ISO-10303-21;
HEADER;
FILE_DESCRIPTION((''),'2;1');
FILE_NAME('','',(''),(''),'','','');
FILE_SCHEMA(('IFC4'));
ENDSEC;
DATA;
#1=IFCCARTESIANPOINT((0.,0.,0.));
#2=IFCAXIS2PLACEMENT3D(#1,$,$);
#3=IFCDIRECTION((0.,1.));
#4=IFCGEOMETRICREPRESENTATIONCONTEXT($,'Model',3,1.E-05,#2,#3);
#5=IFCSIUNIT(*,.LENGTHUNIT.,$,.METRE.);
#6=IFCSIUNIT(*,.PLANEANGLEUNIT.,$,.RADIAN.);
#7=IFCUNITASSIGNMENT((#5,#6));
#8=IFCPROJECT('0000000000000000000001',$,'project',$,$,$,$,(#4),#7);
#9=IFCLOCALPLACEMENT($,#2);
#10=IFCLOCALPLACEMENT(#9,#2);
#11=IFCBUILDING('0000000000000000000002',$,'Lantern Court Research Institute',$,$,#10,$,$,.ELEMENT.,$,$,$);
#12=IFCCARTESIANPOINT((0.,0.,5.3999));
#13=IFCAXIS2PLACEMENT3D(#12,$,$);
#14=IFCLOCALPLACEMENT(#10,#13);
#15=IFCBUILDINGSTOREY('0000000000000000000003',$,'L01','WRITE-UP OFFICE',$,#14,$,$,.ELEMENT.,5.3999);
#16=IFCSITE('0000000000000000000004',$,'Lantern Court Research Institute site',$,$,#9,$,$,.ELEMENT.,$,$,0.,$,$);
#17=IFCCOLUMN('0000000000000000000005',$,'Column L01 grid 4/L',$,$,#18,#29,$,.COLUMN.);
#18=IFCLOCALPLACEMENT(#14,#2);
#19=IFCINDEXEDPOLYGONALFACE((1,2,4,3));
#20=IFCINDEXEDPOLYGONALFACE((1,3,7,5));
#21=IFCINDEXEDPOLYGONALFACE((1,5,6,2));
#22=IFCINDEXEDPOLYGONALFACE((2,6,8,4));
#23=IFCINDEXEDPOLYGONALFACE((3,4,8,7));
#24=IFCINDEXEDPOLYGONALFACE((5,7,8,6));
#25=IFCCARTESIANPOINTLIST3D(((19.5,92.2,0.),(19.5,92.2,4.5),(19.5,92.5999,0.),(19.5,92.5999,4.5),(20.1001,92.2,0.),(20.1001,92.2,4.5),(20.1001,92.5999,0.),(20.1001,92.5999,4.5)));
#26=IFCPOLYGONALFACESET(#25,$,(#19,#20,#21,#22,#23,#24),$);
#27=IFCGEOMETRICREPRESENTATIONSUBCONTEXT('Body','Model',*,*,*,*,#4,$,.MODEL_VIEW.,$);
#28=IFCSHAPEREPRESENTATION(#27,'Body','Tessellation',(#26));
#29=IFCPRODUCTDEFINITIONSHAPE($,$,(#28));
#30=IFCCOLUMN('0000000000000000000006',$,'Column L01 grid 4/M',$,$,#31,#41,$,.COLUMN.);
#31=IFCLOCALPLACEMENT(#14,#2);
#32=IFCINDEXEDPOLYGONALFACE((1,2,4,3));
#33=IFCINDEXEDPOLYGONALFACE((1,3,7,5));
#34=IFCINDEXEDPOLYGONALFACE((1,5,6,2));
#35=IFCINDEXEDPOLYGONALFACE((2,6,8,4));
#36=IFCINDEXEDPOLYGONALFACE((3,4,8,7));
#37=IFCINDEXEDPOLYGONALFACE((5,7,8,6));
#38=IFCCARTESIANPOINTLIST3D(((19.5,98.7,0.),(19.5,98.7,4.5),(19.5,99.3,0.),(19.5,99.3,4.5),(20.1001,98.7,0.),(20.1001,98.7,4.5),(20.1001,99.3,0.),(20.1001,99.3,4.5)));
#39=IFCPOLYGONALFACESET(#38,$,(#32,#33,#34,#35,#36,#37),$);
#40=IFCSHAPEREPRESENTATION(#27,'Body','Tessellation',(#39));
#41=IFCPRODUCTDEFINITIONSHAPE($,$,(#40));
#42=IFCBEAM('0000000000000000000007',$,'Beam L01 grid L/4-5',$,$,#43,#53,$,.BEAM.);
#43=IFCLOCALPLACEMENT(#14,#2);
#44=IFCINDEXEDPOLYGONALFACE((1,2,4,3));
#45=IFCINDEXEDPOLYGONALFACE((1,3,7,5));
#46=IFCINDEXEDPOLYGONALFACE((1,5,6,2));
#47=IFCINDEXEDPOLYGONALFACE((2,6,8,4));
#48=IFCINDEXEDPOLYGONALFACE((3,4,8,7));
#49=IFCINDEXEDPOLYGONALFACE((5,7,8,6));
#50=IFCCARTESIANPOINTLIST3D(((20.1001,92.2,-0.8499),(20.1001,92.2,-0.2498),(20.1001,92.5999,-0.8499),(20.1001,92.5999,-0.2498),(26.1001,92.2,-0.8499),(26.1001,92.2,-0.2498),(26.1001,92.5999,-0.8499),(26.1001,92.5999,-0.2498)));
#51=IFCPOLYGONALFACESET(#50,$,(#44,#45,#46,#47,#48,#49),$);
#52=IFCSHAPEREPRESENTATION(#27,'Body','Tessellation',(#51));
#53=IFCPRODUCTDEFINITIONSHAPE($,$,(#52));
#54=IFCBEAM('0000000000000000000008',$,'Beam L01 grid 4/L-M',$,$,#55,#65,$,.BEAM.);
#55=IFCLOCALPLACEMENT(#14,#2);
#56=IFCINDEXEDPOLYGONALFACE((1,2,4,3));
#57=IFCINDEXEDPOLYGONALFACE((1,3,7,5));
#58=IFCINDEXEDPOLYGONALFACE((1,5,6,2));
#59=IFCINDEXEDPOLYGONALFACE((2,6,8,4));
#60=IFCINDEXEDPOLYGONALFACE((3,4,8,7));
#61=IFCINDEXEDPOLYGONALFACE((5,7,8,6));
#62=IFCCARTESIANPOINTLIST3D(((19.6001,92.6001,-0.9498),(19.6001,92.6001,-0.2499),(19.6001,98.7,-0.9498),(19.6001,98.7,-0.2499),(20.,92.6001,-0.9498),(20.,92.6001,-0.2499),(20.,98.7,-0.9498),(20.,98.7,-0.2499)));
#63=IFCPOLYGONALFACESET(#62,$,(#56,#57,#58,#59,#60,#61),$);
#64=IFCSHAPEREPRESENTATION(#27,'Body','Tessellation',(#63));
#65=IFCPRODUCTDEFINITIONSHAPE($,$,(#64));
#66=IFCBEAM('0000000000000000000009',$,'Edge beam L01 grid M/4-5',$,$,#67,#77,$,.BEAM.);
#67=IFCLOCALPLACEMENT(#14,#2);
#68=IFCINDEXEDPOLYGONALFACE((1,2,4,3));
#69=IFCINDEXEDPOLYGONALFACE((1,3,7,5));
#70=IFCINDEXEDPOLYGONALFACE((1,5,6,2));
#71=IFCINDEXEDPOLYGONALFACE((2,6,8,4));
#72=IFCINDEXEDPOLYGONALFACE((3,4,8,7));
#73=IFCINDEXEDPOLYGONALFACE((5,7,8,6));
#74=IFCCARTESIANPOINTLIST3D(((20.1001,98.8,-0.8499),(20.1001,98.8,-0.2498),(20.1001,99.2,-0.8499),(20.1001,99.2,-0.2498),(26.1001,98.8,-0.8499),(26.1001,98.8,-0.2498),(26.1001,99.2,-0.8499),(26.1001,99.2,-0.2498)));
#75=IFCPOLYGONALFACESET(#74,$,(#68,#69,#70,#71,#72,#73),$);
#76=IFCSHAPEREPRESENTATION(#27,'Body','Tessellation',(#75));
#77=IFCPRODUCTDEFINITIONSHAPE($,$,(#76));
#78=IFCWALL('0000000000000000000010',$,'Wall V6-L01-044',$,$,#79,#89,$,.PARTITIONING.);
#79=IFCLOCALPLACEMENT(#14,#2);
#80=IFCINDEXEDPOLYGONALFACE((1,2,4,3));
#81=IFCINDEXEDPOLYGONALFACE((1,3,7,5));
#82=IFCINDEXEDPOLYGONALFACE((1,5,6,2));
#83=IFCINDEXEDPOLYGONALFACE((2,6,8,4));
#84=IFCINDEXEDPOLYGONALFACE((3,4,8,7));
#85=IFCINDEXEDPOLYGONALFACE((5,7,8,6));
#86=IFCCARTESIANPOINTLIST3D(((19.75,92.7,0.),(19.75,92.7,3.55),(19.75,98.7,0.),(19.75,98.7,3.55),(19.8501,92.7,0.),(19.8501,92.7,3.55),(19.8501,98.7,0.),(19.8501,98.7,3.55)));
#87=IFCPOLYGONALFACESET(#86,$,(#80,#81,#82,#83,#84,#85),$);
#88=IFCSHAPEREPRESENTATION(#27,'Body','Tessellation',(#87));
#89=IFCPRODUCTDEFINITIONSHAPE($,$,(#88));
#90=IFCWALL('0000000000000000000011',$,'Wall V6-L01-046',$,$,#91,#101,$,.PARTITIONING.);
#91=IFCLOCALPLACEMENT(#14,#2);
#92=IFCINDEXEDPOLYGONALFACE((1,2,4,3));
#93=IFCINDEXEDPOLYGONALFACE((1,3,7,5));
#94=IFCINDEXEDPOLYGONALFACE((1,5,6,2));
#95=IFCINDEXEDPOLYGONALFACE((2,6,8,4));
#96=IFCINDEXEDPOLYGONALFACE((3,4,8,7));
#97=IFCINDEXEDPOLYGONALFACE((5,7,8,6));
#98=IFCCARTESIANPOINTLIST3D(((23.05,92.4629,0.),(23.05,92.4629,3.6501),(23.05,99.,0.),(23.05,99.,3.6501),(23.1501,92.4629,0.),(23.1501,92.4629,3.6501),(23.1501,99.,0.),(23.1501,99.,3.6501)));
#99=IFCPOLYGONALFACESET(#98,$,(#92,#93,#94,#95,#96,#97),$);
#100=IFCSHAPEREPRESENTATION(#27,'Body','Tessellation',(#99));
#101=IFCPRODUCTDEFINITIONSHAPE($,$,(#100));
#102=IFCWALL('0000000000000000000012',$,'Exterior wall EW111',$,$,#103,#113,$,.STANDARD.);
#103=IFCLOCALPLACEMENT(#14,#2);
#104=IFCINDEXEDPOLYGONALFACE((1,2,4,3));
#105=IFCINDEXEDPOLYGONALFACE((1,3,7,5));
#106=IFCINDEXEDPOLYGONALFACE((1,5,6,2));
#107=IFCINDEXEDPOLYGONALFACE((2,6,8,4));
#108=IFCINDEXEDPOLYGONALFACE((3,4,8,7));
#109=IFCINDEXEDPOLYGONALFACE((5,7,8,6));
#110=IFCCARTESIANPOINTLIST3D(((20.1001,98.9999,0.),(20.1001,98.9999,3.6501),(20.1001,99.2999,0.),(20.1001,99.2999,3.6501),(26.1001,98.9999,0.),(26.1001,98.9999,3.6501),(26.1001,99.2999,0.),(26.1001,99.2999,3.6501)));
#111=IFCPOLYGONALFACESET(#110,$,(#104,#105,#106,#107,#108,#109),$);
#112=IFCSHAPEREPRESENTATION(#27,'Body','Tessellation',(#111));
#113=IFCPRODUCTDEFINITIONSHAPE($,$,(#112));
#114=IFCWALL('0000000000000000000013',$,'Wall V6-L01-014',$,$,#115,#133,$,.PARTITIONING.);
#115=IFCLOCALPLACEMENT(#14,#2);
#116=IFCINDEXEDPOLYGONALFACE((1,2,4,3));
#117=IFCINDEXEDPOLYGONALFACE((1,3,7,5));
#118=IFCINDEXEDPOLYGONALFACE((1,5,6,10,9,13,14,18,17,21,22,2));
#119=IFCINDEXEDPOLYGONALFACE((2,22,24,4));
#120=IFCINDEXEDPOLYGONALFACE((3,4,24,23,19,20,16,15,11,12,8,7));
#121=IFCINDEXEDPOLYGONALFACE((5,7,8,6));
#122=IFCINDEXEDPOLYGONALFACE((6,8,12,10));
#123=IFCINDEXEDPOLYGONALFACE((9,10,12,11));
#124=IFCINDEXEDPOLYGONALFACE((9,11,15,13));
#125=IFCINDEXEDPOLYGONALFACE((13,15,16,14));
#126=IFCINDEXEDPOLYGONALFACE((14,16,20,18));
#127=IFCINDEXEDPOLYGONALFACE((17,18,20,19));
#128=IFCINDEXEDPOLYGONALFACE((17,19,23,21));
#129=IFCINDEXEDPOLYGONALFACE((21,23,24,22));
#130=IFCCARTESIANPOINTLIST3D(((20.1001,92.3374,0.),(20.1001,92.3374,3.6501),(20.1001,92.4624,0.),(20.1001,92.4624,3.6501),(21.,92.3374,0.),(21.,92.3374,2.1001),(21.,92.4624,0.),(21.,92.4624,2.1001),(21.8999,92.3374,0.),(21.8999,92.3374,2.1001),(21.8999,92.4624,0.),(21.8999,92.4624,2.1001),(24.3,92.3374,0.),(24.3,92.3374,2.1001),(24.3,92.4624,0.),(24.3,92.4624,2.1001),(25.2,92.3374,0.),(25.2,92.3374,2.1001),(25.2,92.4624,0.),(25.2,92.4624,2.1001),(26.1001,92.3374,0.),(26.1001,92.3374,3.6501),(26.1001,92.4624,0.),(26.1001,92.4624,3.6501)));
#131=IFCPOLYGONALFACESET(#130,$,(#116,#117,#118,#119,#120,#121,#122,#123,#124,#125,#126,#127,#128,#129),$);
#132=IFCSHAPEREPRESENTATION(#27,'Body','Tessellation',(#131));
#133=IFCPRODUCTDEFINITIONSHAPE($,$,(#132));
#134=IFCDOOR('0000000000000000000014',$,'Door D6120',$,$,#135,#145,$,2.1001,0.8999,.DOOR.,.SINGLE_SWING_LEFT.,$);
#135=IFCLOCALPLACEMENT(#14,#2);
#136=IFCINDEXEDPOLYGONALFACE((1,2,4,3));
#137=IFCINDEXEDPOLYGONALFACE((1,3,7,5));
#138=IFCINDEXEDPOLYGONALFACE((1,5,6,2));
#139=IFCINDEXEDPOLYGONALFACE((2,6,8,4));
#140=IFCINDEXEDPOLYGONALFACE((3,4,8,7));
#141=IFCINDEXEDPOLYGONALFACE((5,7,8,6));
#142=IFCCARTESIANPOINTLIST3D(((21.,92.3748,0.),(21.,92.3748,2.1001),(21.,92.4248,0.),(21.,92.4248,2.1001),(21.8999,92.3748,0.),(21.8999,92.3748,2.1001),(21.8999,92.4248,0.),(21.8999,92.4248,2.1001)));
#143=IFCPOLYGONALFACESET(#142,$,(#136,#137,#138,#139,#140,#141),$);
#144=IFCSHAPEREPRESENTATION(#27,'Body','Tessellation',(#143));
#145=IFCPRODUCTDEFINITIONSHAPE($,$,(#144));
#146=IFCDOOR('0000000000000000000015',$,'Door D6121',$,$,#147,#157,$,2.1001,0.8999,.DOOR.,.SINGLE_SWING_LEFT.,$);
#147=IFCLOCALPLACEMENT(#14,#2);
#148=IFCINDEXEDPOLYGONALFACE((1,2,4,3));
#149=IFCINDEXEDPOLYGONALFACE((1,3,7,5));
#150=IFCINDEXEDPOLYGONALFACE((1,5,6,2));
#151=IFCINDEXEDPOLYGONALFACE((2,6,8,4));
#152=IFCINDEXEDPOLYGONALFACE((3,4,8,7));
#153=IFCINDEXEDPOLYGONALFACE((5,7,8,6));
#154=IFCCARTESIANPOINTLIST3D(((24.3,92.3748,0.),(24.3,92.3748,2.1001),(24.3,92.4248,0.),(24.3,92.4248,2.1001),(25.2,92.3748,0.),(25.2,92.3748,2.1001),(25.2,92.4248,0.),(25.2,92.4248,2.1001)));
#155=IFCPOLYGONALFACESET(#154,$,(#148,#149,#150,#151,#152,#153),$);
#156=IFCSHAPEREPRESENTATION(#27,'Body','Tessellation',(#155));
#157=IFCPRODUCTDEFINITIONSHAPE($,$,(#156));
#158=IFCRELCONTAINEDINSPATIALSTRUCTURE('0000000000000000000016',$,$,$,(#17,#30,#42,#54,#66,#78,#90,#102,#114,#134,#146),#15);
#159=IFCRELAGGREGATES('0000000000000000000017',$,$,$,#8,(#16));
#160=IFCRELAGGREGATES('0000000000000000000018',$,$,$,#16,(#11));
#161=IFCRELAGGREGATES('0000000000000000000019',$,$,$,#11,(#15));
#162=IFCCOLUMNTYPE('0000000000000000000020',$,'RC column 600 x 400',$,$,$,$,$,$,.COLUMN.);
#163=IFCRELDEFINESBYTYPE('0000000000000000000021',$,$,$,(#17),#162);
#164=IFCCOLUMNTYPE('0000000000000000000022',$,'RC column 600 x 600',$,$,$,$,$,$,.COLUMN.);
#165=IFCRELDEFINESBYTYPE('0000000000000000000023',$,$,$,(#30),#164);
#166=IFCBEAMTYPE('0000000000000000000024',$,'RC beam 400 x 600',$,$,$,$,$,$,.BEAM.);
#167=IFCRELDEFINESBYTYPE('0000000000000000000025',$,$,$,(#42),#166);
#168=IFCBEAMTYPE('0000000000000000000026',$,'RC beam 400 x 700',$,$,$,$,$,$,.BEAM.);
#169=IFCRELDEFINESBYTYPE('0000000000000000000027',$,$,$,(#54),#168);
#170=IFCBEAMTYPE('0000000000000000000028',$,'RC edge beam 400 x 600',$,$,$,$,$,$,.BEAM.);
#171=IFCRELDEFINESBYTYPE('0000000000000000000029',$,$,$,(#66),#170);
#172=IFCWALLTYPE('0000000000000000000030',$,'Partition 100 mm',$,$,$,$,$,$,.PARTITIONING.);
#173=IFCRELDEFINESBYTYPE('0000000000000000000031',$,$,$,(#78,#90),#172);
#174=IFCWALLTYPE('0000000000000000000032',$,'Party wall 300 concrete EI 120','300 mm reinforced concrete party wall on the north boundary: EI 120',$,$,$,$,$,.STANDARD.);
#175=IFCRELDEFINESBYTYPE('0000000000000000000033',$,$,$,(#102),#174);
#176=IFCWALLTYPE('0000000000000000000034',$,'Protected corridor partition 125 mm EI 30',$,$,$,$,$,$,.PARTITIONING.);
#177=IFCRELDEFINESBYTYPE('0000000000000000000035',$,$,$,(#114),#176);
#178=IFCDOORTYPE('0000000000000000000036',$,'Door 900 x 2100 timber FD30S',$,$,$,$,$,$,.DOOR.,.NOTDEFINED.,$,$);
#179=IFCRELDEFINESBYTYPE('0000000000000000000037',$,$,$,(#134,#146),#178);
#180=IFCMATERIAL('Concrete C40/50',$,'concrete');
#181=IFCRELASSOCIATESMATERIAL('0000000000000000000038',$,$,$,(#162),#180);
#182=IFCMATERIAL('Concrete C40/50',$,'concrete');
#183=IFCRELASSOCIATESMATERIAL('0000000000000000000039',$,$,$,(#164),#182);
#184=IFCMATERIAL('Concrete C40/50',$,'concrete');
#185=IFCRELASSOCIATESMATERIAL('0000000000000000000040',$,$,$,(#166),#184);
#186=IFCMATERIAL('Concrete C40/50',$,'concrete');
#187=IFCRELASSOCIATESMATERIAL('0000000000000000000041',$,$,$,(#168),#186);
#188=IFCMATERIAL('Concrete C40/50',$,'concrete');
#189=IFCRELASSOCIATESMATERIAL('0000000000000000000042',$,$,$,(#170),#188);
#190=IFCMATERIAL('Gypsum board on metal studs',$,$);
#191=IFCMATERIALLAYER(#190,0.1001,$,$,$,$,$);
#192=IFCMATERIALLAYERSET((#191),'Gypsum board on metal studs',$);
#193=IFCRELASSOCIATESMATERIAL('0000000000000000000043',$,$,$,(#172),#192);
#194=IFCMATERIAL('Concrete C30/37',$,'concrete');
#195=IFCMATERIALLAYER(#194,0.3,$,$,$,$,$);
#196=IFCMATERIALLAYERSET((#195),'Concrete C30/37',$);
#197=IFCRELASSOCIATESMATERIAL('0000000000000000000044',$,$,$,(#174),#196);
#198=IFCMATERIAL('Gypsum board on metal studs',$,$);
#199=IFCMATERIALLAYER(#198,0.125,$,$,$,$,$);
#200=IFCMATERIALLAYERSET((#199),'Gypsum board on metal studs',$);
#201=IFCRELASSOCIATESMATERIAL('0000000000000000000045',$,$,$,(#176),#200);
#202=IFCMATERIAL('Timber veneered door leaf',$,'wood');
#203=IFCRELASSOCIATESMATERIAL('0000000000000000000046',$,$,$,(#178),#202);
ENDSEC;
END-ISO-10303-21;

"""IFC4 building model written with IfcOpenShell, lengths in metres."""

from ifc_helpers import new_model, si_unit, direction, frame, frame_2d, origin, origin_2d, place, context, subcontext, project, spatial, rectangle, extrude, material, layer, layer_set, material_profile, profile_set, type_object, element, fill, save


model = new_model("IFC4")

# Units and contexts
model_context = context("Model", 3, precision=1e-05, world=origin(), true_north=direction((0.0, 1.0)))
body_context = subcontext(model_context, "Body", "Model", "MODEL_VIEW")
ifc_project = project(units=[si_unit("LENGTHUNIT", "METRE"), si_unit("PLANEANGLEUNIT", "RADIAN")], contexts=[model_context])

# Site, building, storey
site_placement = place(None, origin())
site = spatial("IfcSite", under=ifc_project, at=site_placement, Name="Lantern Court Research Institute site", CompositionType="ELEMENT", RefElevation=0.0)
building_placement = place(site_placement, origin())
building = spatial("IfcBuilding", under=site, at=building_placement, Name="Lantern Court Research Institute", CompositionType="ELEMENT")
storey_placement = place(building_placement, frame((0.0, 0.0, 5.3999)))
storey = spatial("IfcBuildingStorey", under=building, at=storey_placement, Name="L01", Description="WRITE-UP OFFICE", CompositionType="ELEMENT", Elevation=5.3999)

# Columns
ifc_material_1 = material(Name="Concrete C40/50", Category="concrete")
ifc_material_profile_1 = material_profile(ifc_material_1, rectangle(XDim=0.6001, YDim=0.3999, at=origin_2d()), Name="RC column 600 x 400")
ifc_profile_set_1 = profile_set([ifc_material_profile_1], Name="Concrete C40/50")
column_type_1 = type_object("IfcColumnType", Name="RC column 600 x 400", PredefinedType="COLUMN", material=ifc_profile_set_1)
column_1_placement = place(storey_placement, frame((19.8, 92.3999, 0.0), z_axis=(0.0, 0.0, 1.0), x_axis=(1.0, 0.0, 0.0)))
element("IfcColumn", 1, at=column_1_placement, inside=storey, type_object=column_type_1, Name="Column L01 grid 4/L", PredefinedType="COLUMN", context=body_context, shape_type="SweptSolid", body=[
    extrude(rectangle(XDim=0.6001, YDim=0.3999, at=origin_2d()), origin(), (0.0, 0.0, 1.0), 4.5),
])
ifc_material_2 = material(Name="Concrete C40/50", Category="concrete")
ifc_material_profile_2 = material_profile(ifc_material_2, rectangle(XDim=0.6001, YDim=0.6001, at=origin_2d()), Name="RC column 600 x 600")
ifc_profile_set_2 = profile_set([ifc_material_profile_2], Name="Concrete C40/50")
column_type_2 = type_object("IfcColumnType", Name="RC column 600 x 600", PredefinedType="COLUMN", material=ifc_profile_set_2)
column_2_placement = place(storey_placement, frame((19.8, 99.0, 0.0), z_axis=(0.0, 0.0, 1.0), x_axis=(1.0, 0.0, 0.0)))
element("IfcColumn", 2, at=column_2_placement, inside=storey, type_object=column_type_2, Name="Column L01 grid 4/M", PredefinedType="COLUMN", context=body_context, shape_type="SweptSolid", body=[
    extrude(rectangle(XDim=0.6001, YDim=0.6001, at=origin_2d()), origin(), (0.0, 0.0, 1.0), 4.5),
])

# Beams
ifc_material_3 = material(Name="Concrete C40/50", Category="concrete")
ifc_material_profile_3 = material_profile(ifc_material_3, rectangle(XDim=0.3999, YDim=0.6001, at=origin_2d()), Name="RC beam 400 x 600")
ifc_profile_set_3 = profile_set([ifc_material_profile_3], Name="Concrete C40/50")
beam_type_1 = type_object("IfcBeamType", Name="RC beam 400 x 600", PredefinedType="BEAM", material=ifc_profile_set_3)
beam_1_placement = place(storey_placement, frame((20.1001, 92.3999, -0.5498), z_axis=(1.0, 0.0, 0.0), x_axis=(0.0, 1.0, 0.0)))
element("IfcBeam", 3, at=beam_1_placement, inside=storey, type_object=beam_type_1, Name="Beam L01 grid L/4-5", PredefinedType="BEAM", context=body_context, shape_type="SweptSolid", body=[
    extrude(rectangle(XDim=0.3999, YDim=0.6001, at=origin_2d()), origin(), (0.0, 0.0, 1.0), 6.0),
])
ifc_material_4 = material(Name="Concrete C40/50", Category="concrete")
ifc_material_profile_4 = material_profile(ifc_material_4, rectangle(XDim=0.3999, YDim=0.7, at=origin_2d()), Name="RC beam 400 x 700")
ifc_profile_set_4 = profile_set([ifc_material_profile_4], Name="Concrete C40/50")
beam_type_2 = type_object("IfcBeamType", Name="RC beam 400 x 700", PredefinedType="BEAM", material=ifc_profile_set_4)
beam_2_placement = place(storey_placement, frame((19.8, 92.6001, -0.5999), z_axis=(0.0, 1.0, 0.0), x_axis=(-1.0, 0.0, 0.0)))
element("IfcBeam", 4, at=beam_2_placement, inside=storey, type_object=beam_type_2, Name="Beam L01 grid 4/L-M", PredefinedType="BEAM", context=body_context, shape_type="SweptSolid", body=[
    extrude(rectangle(XDim=0.3999, YDim=0.7, at=origin_2d()), origin(), (0.0, 0.0, 1.0), 6.0999),
])
ifc_material_5 = material(Name="Concrete C40/50", Category="concrete")
ifc_material_profile_5 = material_profile(ifc_material_5, rectangle(XDim=0.3999, YDim=0.6001, at=origin_2d()), Name="RC beam 400 x 600")
ifc_profile_set_5 = profile_set([ifc_material_profile_5], Name="Concrete C40/50")
beam_type_3 = type_object("IfcBeamType", Name="RC edge beam 400 x 600", PredefinedType="BEAM", material=ifc_profile_set_5)
beam_3_placement = place(storey_placement, frame((20.1001, 99.0, -0.5498), z_axis=(1.0, 0.0, 0.0), x_axis=(0.0, 1.0, 0.0)))
element("IfcBeam", 5, at=beam_3_placement, inside=storey, type_object=beam_type_3, Name="Edge beam L01 grid M/4-5", PredefinedType="BEAM", context=body_context, shape_type="SweptSolid", body=[
    extrude(rectangle(XDim=0.3999, YDim=0.6001, at=origin_2d()), origin(), (0.0, 0.0, 1.0), 6.0),
])

# Walls
ifc_material_6 = material(Name="Gypsum board on metal studs")
ifc_layer_1 = layer(ifc_material_6, 0.1001)
ifc_layer_set_1 = layer_set([ifc_layer_1], Name="Gypsum board on metal studs")
wall_type_1 = type_object("IfcWallType", Name="Partition 100 mm", PredefinedType="PARTITIONING", material=ifc_layer_set_1)
wall_1_placement = place(storey_placement, frame((19.8, 92.7, 0.0), z_axis=(0.0, 0.0, 1.0), x_axis=(0.0, 1.0, 0.0)))
element("IfcWall", 6, at=wall_1_placement, inside=storey, type_object=wall_type_1, Name="Wall V6-L01-044", PredefinedType="PARTITIONING", context=body_context, shape_type="SweptSolid", body=[
    extrude(rectangle(XDim=6.0, YDim=0.1001, at=frame_2d((3.0, 0.0))), origin(), (0.0, 0.0, 1.0), 3.55),
])
wall_2_placement = place(storey_placement, frame((23.1001, 92.4629, 0.0), z_axis=(0.0, 0.0, 1.0), x_axis=(0.0, 1.0, 0.0)))
element("IfcWall", 7, at=wall_2_placement, inside=storey, type_object=wall_type_1, Name="Wall V6-L01-046", PredefinedType="PARTITIONING", context=body_context, shape_type="SweptSolid", body=[
    extrude(rectangle(XDim=6.5371, YDim=0.1001, at=frame_2d((3.2686, 0.0))), origin(), (0.0, 0.0, 1.0), 3.6501),
])
ifc_material_7 = material(Name="Concrete C30/37", Category="concrete")
ifc_layer_2 = layer(ifc_material_7, 0.3)
ifc_layer_set_2 = layer_set([ifc_layer_2], Name="Concrete C30/37")
wall_type_2 = type_object("IfcWallType", Name="Party wall 300 concrete EI 120", Description="300 mm reinforced concrete party wall on the north boundary: EI 120", PredefinedType="STANDARD", material=ifc_layer_set_2)
wall_3_placement = place(storey_placement, frame((20.1001, 99.1499, 0.0), z_axis=(0.0, 0.0, 1.0), x_axis=(1.0, 0.0, 0.0)))
element("IfcWall", 8, at=wall_3_placement, inside=storey, type_object=wall_type_2, Name="Exterior wall EW111", PredefinedType="STANDARD", context=body_context, shape_type="SweptSolid", body=[
    extrude(rectangle(XDim=6.0, YDim=0.3, at=frame_2d((3.0, 0.0))), origin(), (0.0, 0.0, 1.0), 3.6501),
])

# Wall, openings, doors
ifc_material_8 = material(Name="Gypsum board on metal studs")
ifc_layer_3 = layer(ifc_material_8, 0.125)
ifc_layer_set_3 = layer_set([ifc_layer_3], Name="Gypsum board on metal studs")
wall_type_3 = type_object("IfcWallType", Name="Protected corridor partition 125 mm EI 30", PredefinedType="PARTITIONING", material=ifc_layer_set_3)
wall_4_placement = place(storey_placement, frame((20.1001, 92.3999, 0.0), z_axis=(0.0, 0.0, 1.0), x_axis=(1.0, 0.0, 0.0)))
wall_4 = element("IfcWall", 9, at=wall_4_placement, inside=storey, type_object=wall_type_3, Name="Wall V6-L01-014", PredefinedType="PARTITIONING", context=body_context, shape_type="SweptSolid", body=[
    extrude(rectangle(XDim=6.0, YDim=0.125, at=frame_2d((3.0, 0.0))), origin(), (0.0, 0.0, 1.0), 3.6501),
])
opening_1_placement = place(wall_4_placement, frame((0.8999, 0.0, 0.0)))
opening_1 = element("IfcOpeningElement", 10, at=opening_1_placement, cuts=wall_4, PredefinedType="OPENING", context=body_context, shape_type="SweptSolid", body=[
    extrude(rectangle(XDim=0.8999, YDim=2.1001, at=frame_2d((0.45, 1.05))), frame((0.0, 0.0725, 0.0), z_axis=(0.0, -1.0, 0.0), x_axis=(1.0, 0.0, 0.0)), (0.0, 0.0, 1.0), 0.145),
])
opening_2_placement = place(wall_4_placement, frame((4.2, 0.0, 0.0)))
opening_2 = element("IfcOpeningElement", 11, at=opening_2_placement, cuts=wall_4, PredefinedType="OPENING", context=body_context, shape_type="SweptSolid", body=[
    extrude(rectangle(XDim=0.8999, YDim=2.1001, at=frame_2d((0.45, 1.05))), frame((0.0, 0.0725, 0.0), z_axis=(0.0, -1.0, 0.0), x_axis=(1.0, 0.0, 0.0)), (0.0, 0.0, 1.0), 0.145),
])
ifc_material_9 = material(Name="Timber veneered door leaf", Category="wood")
door_type = type_object("IfcDoorType", Name="Door 900 x 2100 timber FD30S", OperationType="NOTDEFINED", PredefinedType="DOOR", material=ifc_material_9)
door_1_placement = place(opening_1_placement, origin())
door_1 = element("IfcDoor", 12, at=door_1_placement, inside=storey, type_object=door_type, Name="Door D6120", OperationType="SINGLE_SWING_LEFT", OverallHeight=2.1001, OverallWidth=0.8999, PredefinedType="DOOR", context=body_context, shape_type="SweptSolid", body=[
    extrude(rectangle(XDim=0.8999, YDim=2.1001, at=frame_2d((0.45, 1.05))), frame((0.0, 0.0249, 0.0), z_axis=(0.0, -1.0, 0.0), x_axis=(1.0, 0.0, 0.0)), (0.0, 0.0, 1.0), 0.05),
])
fill(opening_1, door_1)
door_2_placement = place(opening_2_placement, origin())
door_2 = element("IfcDoor", 13, at=door_2_placement, inside=storey, type_object=door_type, Name="Door D6121", OperationType="SINGLE_SWING_LEFT", OverallHeight=2.1001, OverallWidth=0.8999, PredefinedType="DOOR", context=body_context, shape_type="SweptSolid", body=[
    extrude(rectangle(XDim=0.8999, YDim=2.1001, at=frame_2d((0.45, 1.05))), frame((0.0, 0.0249, 0.0), z_axis=(0.0, -1.0, 0.0), x_axis=(1.0, 0.0, 0.0)), (0.0, 0.0, 1.0), 0.05),
])
fill(opening_2, door_2)

save(model, "model.ifc")
